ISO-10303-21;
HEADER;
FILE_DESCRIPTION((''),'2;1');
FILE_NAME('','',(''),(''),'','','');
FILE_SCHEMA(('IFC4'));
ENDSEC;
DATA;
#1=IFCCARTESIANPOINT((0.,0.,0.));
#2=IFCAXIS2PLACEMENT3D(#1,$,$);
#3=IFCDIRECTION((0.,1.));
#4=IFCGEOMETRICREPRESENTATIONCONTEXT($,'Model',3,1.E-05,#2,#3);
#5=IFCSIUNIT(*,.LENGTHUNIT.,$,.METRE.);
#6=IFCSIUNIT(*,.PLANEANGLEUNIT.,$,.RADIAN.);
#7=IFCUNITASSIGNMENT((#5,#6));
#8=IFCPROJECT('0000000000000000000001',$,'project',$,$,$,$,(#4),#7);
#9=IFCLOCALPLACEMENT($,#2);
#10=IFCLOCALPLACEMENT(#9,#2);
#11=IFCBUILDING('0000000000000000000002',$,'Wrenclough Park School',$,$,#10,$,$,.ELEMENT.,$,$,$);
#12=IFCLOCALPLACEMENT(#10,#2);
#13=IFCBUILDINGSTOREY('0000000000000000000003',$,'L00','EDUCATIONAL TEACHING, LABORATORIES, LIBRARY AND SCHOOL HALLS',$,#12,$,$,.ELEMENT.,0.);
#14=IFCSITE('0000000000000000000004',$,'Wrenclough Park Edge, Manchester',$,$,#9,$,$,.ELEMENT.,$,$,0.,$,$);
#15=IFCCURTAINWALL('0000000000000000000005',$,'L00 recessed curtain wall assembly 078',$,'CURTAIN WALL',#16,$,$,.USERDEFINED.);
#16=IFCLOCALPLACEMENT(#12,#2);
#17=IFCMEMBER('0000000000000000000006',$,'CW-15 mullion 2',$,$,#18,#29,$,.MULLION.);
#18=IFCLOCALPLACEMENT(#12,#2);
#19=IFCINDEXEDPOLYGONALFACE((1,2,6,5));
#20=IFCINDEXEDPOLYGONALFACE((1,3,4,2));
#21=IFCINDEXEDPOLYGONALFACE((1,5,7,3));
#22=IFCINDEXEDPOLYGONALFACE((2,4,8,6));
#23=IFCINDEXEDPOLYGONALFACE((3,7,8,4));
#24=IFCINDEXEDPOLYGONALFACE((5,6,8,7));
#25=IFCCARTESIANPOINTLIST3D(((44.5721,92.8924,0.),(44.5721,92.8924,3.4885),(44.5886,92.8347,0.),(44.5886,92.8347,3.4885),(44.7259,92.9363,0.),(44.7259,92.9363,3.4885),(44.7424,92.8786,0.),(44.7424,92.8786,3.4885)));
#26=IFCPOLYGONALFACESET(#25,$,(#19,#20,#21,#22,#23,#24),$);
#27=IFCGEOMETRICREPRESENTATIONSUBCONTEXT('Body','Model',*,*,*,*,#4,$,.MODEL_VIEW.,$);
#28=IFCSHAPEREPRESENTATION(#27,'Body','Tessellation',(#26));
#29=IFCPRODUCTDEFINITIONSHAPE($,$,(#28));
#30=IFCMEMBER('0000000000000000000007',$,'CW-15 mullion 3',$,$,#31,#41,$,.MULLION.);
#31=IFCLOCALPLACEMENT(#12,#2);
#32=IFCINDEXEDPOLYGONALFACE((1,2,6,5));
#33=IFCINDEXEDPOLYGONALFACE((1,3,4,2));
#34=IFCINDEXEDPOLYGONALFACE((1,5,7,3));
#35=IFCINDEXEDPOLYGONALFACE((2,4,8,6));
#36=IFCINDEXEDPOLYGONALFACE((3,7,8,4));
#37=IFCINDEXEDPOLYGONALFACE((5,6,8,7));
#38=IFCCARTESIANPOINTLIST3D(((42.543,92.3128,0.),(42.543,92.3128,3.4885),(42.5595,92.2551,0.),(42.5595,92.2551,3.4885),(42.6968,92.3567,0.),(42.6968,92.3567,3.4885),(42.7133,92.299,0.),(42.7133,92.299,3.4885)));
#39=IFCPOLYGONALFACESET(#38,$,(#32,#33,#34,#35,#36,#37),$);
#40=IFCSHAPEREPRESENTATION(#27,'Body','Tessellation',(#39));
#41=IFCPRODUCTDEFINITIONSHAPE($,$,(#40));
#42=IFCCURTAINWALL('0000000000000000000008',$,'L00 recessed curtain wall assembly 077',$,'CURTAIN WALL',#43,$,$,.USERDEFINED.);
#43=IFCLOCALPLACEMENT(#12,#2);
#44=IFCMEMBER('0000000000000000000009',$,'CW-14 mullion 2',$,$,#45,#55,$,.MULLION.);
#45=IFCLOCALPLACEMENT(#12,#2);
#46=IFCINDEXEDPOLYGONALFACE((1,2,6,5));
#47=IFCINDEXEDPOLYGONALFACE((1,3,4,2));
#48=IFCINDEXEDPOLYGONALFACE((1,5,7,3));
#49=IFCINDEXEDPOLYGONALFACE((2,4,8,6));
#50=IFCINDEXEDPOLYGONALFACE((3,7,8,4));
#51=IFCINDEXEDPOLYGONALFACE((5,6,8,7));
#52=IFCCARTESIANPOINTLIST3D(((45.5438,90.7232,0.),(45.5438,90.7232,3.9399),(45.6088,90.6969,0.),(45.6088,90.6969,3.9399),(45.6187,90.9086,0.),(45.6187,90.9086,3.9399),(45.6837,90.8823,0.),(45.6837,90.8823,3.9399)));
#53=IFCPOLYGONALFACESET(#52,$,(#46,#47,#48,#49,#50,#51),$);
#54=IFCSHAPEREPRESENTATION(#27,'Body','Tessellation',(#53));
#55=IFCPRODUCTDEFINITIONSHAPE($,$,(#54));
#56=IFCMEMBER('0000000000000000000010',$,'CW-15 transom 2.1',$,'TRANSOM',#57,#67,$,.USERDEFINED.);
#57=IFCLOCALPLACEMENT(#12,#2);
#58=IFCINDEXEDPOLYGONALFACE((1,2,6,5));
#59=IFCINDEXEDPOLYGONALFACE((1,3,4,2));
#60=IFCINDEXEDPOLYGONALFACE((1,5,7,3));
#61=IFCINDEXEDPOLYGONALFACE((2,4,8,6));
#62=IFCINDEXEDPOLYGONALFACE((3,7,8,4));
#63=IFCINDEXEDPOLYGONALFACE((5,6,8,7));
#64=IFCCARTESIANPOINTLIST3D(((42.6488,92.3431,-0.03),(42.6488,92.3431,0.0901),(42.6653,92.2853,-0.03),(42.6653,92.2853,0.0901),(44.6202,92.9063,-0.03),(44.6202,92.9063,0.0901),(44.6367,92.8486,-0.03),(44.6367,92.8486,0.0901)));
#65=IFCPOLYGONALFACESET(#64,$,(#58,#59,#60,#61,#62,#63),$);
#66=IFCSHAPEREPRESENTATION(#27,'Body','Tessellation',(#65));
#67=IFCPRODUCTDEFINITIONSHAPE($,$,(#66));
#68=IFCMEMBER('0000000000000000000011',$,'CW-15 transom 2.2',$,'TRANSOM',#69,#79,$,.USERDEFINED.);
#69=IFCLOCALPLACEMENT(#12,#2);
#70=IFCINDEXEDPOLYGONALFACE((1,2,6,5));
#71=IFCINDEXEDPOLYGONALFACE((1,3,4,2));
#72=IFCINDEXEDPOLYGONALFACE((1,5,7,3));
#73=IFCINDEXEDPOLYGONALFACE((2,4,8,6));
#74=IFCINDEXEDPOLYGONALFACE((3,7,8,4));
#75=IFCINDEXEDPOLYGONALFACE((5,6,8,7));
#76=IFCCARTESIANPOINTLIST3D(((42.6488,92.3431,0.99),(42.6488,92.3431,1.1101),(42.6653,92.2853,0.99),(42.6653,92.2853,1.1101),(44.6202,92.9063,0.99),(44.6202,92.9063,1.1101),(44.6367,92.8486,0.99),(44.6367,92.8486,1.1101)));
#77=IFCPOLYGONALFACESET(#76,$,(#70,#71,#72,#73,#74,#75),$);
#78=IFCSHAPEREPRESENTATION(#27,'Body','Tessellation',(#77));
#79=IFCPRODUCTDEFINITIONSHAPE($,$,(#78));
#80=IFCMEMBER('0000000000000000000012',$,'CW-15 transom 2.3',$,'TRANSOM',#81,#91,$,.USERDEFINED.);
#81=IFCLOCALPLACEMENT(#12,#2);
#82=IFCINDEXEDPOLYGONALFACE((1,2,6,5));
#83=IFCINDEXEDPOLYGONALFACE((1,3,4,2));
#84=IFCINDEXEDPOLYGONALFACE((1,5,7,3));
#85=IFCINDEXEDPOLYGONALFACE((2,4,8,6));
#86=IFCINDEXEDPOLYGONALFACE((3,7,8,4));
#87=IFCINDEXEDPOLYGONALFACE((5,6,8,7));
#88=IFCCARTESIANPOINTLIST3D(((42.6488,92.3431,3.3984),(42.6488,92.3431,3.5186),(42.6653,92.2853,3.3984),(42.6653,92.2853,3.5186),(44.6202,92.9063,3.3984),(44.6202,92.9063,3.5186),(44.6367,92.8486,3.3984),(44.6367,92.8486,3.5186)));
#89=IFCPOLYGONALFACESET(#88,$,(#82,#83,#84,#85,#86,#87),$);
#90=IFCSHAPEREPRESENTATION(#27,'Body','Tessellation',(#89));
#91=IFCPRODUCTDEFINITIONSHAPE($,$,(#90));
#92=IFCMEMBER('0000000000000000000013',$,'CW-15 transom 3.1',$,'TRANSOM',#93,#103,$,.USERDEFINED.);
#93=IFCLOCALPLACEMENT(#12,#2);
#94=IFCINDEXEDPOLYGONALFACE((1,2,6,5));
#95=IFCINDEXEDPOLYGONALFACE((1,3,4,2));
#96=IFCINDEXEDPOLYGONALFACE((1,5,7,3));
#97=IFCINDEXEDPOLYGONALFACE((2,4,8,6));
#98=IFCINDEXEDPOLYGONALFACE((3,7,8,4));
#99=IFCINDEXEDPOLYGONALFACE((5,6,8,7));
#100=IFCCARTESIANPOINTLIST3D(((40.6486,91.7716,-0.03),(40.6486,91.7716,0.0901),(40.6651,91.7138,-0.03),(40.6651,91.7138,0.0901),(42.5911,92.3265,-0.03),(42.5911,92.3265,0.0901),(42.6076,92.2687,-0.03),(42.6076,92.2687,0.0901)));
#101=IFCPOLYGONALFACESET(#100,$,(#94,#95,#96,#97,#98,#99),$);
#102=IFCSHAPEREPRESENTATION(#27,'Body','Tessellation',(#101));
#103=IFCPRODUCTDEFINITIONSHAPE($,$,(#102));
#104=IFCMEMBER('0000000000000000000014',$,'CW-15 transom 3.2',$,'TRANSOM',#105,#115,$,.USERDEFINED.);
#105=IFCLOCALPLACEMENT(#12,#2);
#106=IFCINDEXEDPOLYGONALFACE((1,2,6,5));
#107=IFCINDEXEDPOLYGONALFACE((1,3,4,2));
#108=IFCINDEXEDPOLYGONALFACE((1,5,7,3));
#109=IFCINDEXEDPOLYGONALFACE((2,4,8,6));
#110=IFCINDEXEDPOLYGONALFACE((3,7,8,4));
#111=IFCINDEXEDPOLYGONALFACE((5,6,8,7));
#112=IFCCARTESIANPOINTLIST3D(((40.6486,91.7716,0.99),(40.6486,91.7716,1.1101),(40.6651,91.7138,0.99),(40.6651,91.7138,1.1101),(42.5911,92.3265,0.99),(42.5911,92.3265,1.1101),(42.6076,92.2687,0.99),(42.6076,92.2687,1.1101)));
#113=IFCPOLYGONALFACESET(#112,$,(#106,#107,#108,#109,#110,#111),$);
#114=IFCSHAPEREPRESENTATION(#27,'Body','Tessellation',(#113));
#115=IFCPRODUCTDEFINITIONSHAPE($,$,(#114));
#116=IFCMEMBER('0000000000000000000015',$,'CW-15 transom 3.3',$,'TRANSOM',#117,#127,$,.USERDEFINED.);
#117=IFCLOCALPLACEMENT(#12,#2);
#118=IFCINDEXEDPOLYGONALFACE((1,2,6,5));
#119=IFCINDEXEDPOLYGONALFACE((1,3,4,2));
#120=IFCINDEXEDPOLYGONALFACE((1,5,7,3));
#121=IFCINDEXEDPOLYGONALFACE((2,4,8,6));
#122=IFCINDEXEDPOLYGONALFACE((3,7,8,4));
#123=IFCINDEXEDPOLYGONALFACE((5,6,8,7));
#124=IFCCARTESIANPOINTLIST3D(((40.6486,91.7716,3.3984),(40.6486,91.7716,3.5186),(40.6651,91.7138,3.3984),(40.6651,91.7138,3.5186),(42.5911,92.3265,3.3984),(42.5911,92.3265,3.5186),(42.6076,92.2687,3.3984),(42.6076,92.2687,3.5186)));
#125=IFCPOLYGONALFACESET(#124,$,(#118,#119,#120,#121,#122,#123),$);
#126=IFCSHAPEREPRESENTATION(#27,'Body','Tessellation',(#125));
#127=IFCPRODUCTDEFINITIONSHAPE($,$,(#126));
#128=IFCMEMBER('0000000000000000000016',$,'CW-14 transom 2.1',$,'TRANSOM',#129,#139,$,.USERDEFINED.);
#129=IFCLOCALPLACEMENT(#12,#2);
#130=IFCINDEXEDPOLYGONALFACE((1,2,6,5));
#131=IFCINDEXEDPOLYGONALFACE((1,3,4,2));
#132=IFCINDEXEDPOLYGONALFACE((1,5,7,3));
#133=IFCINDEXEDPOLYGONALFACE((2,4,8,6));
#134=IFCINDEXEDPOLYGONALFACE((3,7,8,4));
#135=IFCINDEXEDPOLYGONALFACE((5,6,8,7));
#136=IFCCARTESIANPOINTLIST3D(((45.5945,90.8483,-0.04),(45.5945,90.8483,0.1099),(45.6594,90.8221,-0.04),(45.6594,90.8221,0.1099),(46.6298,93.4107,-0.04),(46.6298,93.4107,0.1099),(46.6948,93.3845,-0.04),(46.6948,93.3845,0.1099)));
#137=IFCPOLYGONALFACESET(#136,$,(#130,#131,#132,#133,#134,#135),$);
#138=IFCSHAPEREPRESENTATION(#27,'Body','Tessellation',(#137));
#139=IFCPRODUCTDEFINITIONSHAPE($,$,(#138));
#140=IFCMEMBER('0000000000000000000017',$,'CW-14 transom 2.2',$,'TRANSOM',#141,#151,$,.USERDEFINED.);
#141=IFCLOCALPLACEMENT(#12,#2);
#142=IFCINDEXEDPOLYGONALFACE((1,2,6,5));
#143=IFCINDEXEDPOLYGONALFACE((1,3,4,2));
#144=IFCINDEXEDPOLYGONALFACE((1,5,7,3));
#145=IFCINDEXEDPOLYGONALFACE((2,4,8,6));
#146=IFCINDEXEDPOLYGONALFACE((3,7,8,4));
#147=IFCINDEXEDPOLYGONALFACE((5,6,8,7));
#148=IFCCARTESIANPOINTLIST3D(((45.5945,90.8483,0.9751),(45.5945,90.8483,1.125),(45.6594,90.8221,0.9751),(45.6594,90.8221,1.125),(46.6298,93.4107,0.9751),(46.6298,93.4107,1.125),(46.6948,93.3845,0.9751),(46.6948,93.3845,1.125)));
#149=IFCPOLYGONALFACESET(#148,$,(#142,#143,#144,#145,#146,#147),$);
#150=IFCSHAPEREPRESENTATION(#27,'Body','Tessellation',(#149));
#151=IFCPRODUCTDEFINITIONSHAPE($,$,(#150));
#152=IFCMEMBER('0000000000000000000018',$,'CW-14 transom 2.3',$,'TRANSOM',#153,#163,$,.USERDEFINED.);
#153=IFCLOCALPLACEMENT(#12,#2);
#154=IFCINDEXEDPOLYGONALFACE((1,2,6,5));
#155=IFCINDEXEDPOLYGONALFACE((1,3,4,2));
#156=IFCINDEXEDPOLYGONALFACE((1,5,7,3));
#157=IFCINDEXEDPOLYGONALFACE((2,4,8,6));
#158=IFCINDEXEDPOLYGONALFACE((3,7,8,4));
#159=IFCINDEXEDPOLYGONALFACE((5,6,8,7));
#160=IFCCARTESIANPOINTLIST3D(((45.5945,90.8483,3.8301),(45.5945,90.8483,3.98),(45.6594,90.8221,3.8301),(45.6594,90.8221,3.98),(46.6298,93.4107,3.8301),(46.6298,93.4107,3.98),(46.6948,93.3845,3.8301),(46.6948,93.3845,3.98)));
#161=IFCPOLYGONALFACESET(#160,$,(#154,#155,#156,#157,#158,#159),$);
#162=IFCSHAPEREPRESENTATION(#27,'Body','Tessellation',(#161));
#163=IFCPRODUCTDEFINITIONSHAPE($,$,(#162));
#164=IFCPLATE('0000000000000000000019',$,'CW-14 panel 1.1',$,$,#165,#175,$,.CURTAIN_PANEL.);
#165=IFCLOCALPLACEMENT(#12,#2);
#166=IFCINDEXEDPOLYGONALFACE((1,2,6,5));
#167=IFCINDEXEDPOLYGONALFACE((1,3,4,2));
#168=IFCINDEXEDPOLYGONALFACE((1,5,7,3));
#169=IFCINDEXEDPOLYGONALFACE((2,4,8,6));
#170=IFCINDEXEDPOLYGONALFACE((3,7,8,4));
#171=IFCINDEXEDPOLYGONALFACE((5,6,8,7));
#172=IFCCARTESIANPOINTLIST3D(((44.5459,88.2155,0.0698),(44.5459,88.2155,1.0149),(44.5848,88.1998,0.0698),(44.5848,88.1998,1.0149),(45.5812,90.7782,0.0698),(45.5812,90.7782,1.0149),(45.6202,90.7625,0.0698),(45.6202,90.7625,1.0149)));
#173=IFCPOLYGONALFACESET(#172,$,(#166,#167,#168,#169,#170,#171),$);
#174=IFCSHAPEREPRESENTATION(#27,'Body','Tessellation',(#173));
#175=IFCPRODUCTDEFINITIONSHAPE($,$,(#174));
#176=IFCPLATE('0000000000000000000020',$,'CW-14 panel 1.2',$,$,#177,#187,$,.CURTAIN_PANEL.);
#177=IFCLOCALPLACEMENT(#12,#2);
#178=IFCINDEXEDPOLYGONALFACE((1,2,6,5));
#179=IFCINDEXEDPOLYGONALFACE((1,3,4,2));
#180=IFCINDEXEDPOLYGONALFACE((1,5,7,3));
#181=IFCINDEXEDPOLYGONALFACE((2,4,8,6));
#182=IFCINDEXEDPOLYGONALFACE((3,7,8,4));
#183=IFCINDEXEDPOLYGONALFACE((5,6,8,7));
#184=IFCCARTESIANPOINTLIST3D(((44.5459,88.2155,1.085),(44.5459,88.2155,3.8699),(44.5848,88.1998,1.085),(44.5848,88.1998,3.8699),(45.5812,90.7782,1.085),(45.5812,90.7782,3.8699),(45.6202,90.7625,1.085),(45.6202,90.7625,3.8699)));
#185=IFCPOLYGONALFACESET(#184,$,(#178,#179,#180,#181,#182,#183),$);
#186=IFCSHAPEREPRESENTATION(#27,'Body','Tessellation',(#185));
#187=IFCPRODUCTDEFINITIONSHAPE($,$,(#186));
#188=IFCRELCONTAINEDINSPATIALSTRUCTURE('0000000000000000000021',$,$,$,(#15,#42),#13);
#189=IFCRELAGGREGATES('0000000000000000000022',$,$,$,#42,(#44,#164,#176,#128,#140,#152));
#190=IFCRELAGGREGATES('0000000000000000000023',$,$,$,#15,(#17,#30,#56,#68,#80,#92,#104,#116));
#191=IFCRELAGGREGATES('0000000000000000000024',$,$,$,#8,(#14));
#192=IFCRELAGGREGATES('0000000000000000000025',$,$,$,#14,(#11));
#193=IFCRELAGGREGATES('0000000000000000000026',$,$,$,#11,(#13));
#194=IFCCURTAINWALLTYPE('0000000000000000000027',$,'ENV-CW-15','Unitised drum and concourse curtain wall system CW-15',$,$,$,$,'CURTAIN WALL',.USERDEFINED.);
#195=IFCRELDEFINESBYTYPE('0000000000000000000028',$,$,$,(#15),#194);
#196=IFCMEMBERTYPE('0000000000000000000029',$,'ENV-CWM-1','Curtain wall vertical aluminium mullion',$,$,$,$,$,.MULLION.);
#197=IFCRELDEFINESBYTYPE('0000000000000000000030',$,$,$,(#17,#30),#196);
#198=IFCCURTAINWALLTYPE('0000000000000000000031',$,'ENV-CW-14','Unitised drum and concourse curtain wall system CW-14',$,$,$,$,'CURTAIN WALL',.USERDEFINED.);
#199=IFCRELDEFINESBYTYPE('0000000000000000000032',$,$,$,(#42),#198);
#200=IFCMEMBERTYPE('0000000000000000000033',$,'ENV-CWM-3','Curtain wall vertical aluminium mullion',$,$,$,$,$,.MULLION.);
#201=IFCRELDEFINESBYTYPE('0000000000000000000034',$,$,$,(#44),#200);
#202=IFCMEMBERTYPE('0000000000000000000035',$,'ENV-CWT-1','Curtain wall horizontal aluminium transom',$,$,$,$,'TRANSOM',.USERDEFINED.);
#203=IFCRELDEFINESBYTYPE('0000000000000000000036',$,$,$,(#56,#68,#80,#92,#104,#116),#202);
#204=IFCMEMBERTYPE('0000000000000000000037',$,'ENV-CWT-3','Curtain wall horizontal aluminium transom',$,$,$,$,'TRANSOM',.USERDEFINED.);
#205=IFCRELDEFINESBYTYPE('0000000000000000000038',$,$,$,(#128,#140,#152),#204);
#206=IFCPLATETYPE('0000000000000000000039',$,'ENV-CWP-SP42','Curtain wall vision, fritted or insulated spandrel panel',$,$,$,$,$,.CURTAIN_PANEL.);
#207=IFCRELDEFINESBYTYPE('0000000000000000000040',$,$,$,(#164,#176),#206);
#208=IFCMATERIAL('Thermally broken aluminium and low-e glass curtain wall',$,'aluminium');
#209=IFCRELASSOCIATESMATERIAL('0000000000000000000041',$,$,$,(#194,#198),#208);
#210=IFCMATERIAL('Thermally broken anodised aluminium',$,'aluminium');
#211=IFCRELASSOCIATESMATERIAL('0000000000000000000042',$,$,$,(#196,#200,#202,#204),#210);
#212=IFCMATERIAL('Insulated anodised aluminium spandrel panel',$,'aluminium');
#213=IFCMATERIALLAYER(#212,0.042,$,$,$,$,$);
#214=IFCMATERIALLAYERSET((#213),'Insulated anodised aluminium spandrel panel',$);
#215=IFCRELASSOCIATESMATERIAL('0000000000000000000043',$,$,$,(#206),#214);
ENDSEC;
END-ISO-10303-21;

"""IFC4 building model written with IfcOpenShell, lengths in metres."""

from ifc_helpers import new_model, si_unit, direction, frame, origin, origin_2d, place, context, subcontext, project, spatial, rectangle, extrude, material, layer, layer_set, material_profile, profile_set, type_object, element, aggregate, save


model = new_model("IFC4")

# Units and contexts
model_context = context("Model", 3, precision=1e-05, world=origin(), true_north=direction((0.0, 1.0)))
body_context = subcontext(model_context, "Body", "Model", "MODEL_VIEW")
ifc_project = project(units=[si_unit("LENGTHUNIT", "METRE"), si_unit("PLANEANGLEUNIT", "RADIAN")], contexts=[model_context])

# Site, building, storey
site_placement = place(None, origin())
site = spatial("IfcSite", under=ifc_project, at=site_placement, Name="Wrenclough Park Edge, Manchester", CompositionType="ELEMENT", RefElevation=0.0)
building_placement = place(site_placement, origin())
building = spatial("IfcBuilding", under=site, at=building_placement, Name="Wrenclough Park School", CompositionType="ELEMENT")
storey_placement = place(building_placement, origin())
storey = spatial("IfcBuildingStorey", under=building, at=storey_placement, Name="L00", Description="EDUCATIONAL TEACHING, LABORATORIES, LIBRARY AND SCHOOL HALLS", CompositionType="ELEMENT", Elevation=0.0)

# Curtain wall, members
ifc_material_1 = material(Name="Thermally broken aluminium and low-e glass curtain wall", Category="aluminium")
curtain_wall_type_1 = type_object("IfcCurtainWallType", Name="ENV-CW-15", Description="Unitised drum and concourse curtain wall system CW-15", ElementType="CURTAIN WALL", PredefinedType="USERDEFINED", material=ifc_material_1)
curtain_wall_1_placement = place(storey_placement, origin())
curtain_wall_1 = element("IfcCurtainWall", 1, at=curtain_wall_1_placement, inside=storey, type_object=curtain_wall_type_1, Name="L00 recessed curtain wall assembly 078", ObjectType="CURTAIN WALL", PredefinedType="USERDEFINED")
ifc_material_2 = material(Name="Thermally broken anodised aluminium", Category="aluminium")
ifc_material_profile_1 = material_profile(ifc_material_2, rectangle(XDim=0.0601, YDim=0.1599, at=origin_2d()), Name="AL MULLION 60x160")
ifc_profile_set_1 = profile_set([ifc_material_profile_1], Name="Thermally broken anodised aluminium")
member_type_1 = type_object("IfcMemberType", Name="ENV-CWM-1", Description="Curtain wall vertical aluminium mullion", PredefinedType="MULLION", material=ifc_profile_set_1)
member_1_placement = place(storey_placement, frame((44.6572, 92.8855, 0.0), z_axis=(0.0, 0.0, 1.0), x_axis=(0.274711, -0.961527, 0.0)))
member_1 = element("IfcMember", 2, at=member_1_placement, type_object=member_type_1, Name="CW-15 mullion 2", PredefinedType="MULLION", context=body_context, shape_type="SweptSolid", body=[
    extrude(rectangle(XDim=0.0601, YDim=0.1599, at=origin_2d()), origin(), (0.0, 0.0, 1.0), 3.4885),
])
member_2_placement = place(storey_placement, frame((42.6282, 92.3059, 0.0), z_axis=(0.0, 0.0, 1.0), x_axis=(0.274711, -0.961527, 0.0)))
member_2 = element("IfcMember", 3, at=member_2_placement, type_object=member_type_1, Name="CW-15 mullion 3", PredefinedType="MULLION", context=body_context, shape_type="SweptSolid", body=[
    extrude(rectangle(XDim=0.0601, YDim=0.1599, at=origin_2d()), origin(), (0.0, 0.0, 1.0), 3.4885),
])

# Curtain wall, member
curtain_wall_type_2 = type_object("IfcCurtainWallType", Name="ENV-CW-14", Description="Unitised drum and concourse curtain wall system CW-14", ElementType="CURTAIN WALL", PredefinedType="USERDEFINED", material=ifc_material_1)
curtain_wall_2_placement = place(storey_placement, origin())
curtain_wall_2 = element("IfcCurtainWall", 4, at=curtain_wall_2_placement, inside=storey, type_object=curtain_wall_type_2, Name="L00 recessed curtain wall assembly 077", ObjectType="CURTAIN WALL", PredefinedType="USERDEFINED")
ifc_material_profile_2 = material_profile(ifc_material_2, rectangle(XDim=0.0701, YDim=0.2, at=origin_2d()), Name="AL MULLION 70x200")
ifc_profile_set_2 = profile_set([ifc_material_profile_2], Name="Thermally broken anodised aluminium")
member_type_2 = type_object("IfcMemberType", Name="ENV-CWM-3", Description="Curtain wall vertical aluminium mullion", PredefinedType="MULLION", material=ifc_profile_set_2)
member_3_placement = place(storey_placement, frame((45.6138, 90.8027, 0.0), z_axis=(0.0, 0.0, 1.0), x_axis=(-0.927185, 0.374604, 0.0)))
member_3 = element("IfcMember", 5, at=member_3_placement, type_object=member_type_2, Name="CW-14 mullion 2", PredefinedType="MULLION", context=body_context, shape_type="SweptSolid", body=[
    extrude(rectangle(XDim=0.0701, YDim=0.2, at=origin_2d()), origin(), (0.0, 0.0, 1.0), 3.9399),
])

# Members
ifc_material_profile_3 = material_profile(ifc_material_2, rectangle(XDim=0.0601, YDim=0.1201, at=origin_2d()), Name="AL TRANSOM 60x120")
ifc_profile_set_3 = profile_set([ifc_material_profile_3], Name="Thermally broken anodised aluminium")
member_type_3 = type_object("IfcMemberType", Name="ENV-CWT-1", Description="Curtain wall horizontal aluminium transom", ElementType="TRANSOM", PredefinedType="USERDEFINED", material=ifc_profile_set_3)
member_4_placement = place(storey_placement, frame((44.6284, 92.8774, 0.03), z_axis=(-0.961528, -0.274705, 0.0), x_axis=(0.274705, -0.961528, 0.0)))
member_4 = element("IfcMember", 6, at=member_4_placement, type_object=member_type_3, Name="CW-15 transom 2.1", ObjectType="TRANSOM", PredefinedType="USERDEFINED", context=body_context, shape_type="SweptSolid", body=[
    extrude(rectangle(XDim=0.0601, YDim=0.1201, at=origin_2d()), origin(), (0.0, 0.0, 1.0), 2.0503),
])
member_5_placement = place(storey_placement, frame((44.6284, 92.8774, 1.05), z_axis=(-0.961528, -0.274705, 0.0), x_axis=(0.274705, -0.961528, 0.0)))
member_5 = element("IfcMember", 7, at=member_5_placement, type_object=member_type_3, Name="CW-15 transom 2.2", ObjectType="TRANSOM", PredefinedType="USERDEFINED", context=body_context, shape_type="SweptSolid", body=[
    extrude(rectangle(XDim=0.0601, YDim=0.1201, at=origin_2d()), origin(), (0.0, 0.0, 1.0), 2.0503),
])
member_6_placement = place(storey_placement, frame((44.6284, 92.8774, 3.4585), z_axis=(-0.961528, -0.274705, 0.0), x_axis=(0.274705, -0.961528, 0.0)))
member_6 = element("IfcMember", 8, at=member_6_placement, type_object=member_type_3, Name="CW-15 transom 2.3", ObjectType="TRANSOM", PredefinedType="USERDEFINED", context=body_context, shape_type="SweptSolid", body=[
    extrude(rectangle(XDim=0.0601, YDim=0.1201, at=origin_2d()), origin(), (0.0, 0.0, 1.0), 2.0503),
])
member_7_placement = place(storey_placement, frame((42.5994, 92.2976, 0.03), z_axis=(-0.961538, -0.274673, 0.0), x_axis=(0.274673, -0.961538, 0.0)))
member_7 = element("IfcMember", 9, at=member_7_placement, type_object=member_type_3, Name="CW-15 transom 3.1", ObjectType="TRANSOM", PredefinedType="USERDEFINED", context=body_context, shape_type="SweptSolid", body=[
    extrude(rectangle(XDim=0.0601, YDim=0.1201, at=origin_2d()), origin(), (0.0, 0.0, 1.0), 2.0203),
])
member_8_placement = place(storey_placement, frame((42.5994, 92.2976, 1.05), z_axis=(-0.961538, -0.274673, 0.0), x_axis=(0.274673, -0.961538, 0.0)))
member_8 = element("IfcMember", 10, at=member_8_placement, type_object=member_type_3, Name="CW-15 transom 3.2", ObjectType="TRANSOM", PredefinedType="USERDEFINED", context=body_context, shape_type="SweptSolid", body=[
    extrude(rectangle(XDim=0.0601, YDim=0.1201, at=origin_2d()), origin(), (0.0, 0.0, 1.0), 2.0203),
])
member_9_placement = place(storey_placement, frame((42.5994, 92.2976, 3.4585), z_axis=(-0.961538, -0.274673, 0.0), x_axis=(0.274673, -0.961538, 0.0)))
member_9 = element("IfcMember", 11, at=member_9_placement, type_object=member_type_3, Name="CW-15 transom 3.3", ObjectType="TRANSOM", PredefinedType="USERDEFINED", context=body_context, shape_type="SweptSolid", body=[
    extrude(rectangle(XDim=0.0601, YDim=0.1201, at=origin_2d()), origin(), (0.0, 0.0, 1.0), 2.0203),
])
ifc_material_profile_4 = material_profile(ifc_material_2, rectangle(XDim=0.0701, YDim=0.1499, at=origin_2d()), Name="AL TRANSOM 70x150")
ifc_profile_set_4 = profile_set([ifc_material_profile_4], Name="Thermally broken anodised aluminium")
member_type_4 = type_object("IfcMemberType", Name="ENV-CWT-3", Description="Curtain wall horizontal aluminium transom", ElementType="TRANSOM", PredefinedType="USERDEFINED", material=ifc_profile_set_4)
member_10_placement = place(storey_placement, frame((45.627, 90.8352, 0.0349), z_axis=(0.374632, 0.927173, 0.0), x_axis=(-0.927173, 0.374632, 0.0)))
member_10 = element("IfcMember", 12, at=member_10_placement, type_object=member_type_4, Name="CW-14 transom 2.1", ObjectType="TRANSOM", PredefinedType="USERDEFINED", context=body_context, shape_type="SweptSolid", body=[
    extrude(rectangle(XDim=0.0701, YDim=0.1499, at=origin_2d()), origin(), (0.0, 0.0, 1.0), 2.7637),
])
member_11_placement = place(storey_placement, frame((45.627, 90.8352, 1.05), z_axis=(0.374632, 0.927173, 0.0), x_axis=(-0.927173, 0.374632, 0.0)))
member_11 = element("IfcMember", 13, at=member_11_placement, type_object=member_type_4, Name="CW-14 transom 2.2", ObjectType="TRANSOM", PredefinedType="USERDEFINED", context=body_context, shape_type="SweptSolid", body=[
    extrude(rectangle(XDim=0.0701, YDim=0.1499, at=origin_2d()), origin(), (0.0, 0.0, 1.0), 2.7637),
])
member_12_placement = place(storey_placement, frame((45.627, 90.8352, 3.905), z_axis=(0.374632, 0.927173, 0.0), x_axis=(-0.927173, 0.374632, 0.0)))
member_12 = element("IfcMember", 14, at=member_12_placement, type_object=member_type_4, Name="CW-14 transom 2.3", ObjectType="TRANSOM", PredefinedType="USERDEFINED", context=body_context, shape_type="SweptSolid", body=[
    extrude(rectangle(XDim=0.0701, YDim=0.1499, at=origin_2d()), origin(), (0.0, 0.0, 1.0), 2.7637),
])

# Plates
ifc_material_3 = material(Name="Insulated anodised aluminium spandrel panel", Category="aluminium")
ifc_layer_1 = layer(ifc_material_3, 0.042)
ifc_layer_set_1 = layer_set([ifc_layer_1], Name="Insulated anodised aluminium spandrel panel")
plate_type_1 = type_object("IfcPlateType", Name="ENV-CWP-SP42", Description="Curtain wall vision, fritted or insulated spandrel panel", PredefinedType="CURTAIN_PANEL", material=ifc_layer_set_1)
plate_1_placement = place(storey_placement, frame((45.083, 89.489, 0.0698), z_axis=(0.0, 0.0, 1.0), x_axis=(0.374604, 0.927185, 0.0)))
plate_1 = element("IfcPlate", 15, at=plate_1_placement, type_object=plate_type_1, Name="CW-14 panel 1.1", PredefinedType="CURTAIN_PANEL", context=body_context, shape_type="SweptSolid", body=[
    extrude(rectangle(XDim=2.7639, YDim=0.042, at=origin_2d()), origin(), (0.0, 0.0, 1.0), 0.9451),
])
plate_2_placement = place(storey_placement, frame((45.083, 89.489, 1.085), z_axis=(0.0, 0.0, 1.0), x_axis=(0.374604, 0.927185, 0.0)))
plate_2 = element("IfcPlate", 16, at=plate_2_placement, type_object=plate_type_1, Name="CW-14 panel 1.2", PredefinedType="CURTAIN_PANEL", context=body_context, shape_type="SweptSolid", body=[
    extrude(rectangle(XDim=2.7639, YDim=0.042, at=origin_2d()), origin(), (0.0, 0.0, 1.0), 2.7849),
])
aggregate(curtain_wall_2, [member_3, plate_1, plate_2, member_10, member_11, member_12])
aggregate(curtain_wall_1, [member_1, member_2, member_4, member_5, member_6, member_7, member_8, member_9])

save(model, "model.ifc")
